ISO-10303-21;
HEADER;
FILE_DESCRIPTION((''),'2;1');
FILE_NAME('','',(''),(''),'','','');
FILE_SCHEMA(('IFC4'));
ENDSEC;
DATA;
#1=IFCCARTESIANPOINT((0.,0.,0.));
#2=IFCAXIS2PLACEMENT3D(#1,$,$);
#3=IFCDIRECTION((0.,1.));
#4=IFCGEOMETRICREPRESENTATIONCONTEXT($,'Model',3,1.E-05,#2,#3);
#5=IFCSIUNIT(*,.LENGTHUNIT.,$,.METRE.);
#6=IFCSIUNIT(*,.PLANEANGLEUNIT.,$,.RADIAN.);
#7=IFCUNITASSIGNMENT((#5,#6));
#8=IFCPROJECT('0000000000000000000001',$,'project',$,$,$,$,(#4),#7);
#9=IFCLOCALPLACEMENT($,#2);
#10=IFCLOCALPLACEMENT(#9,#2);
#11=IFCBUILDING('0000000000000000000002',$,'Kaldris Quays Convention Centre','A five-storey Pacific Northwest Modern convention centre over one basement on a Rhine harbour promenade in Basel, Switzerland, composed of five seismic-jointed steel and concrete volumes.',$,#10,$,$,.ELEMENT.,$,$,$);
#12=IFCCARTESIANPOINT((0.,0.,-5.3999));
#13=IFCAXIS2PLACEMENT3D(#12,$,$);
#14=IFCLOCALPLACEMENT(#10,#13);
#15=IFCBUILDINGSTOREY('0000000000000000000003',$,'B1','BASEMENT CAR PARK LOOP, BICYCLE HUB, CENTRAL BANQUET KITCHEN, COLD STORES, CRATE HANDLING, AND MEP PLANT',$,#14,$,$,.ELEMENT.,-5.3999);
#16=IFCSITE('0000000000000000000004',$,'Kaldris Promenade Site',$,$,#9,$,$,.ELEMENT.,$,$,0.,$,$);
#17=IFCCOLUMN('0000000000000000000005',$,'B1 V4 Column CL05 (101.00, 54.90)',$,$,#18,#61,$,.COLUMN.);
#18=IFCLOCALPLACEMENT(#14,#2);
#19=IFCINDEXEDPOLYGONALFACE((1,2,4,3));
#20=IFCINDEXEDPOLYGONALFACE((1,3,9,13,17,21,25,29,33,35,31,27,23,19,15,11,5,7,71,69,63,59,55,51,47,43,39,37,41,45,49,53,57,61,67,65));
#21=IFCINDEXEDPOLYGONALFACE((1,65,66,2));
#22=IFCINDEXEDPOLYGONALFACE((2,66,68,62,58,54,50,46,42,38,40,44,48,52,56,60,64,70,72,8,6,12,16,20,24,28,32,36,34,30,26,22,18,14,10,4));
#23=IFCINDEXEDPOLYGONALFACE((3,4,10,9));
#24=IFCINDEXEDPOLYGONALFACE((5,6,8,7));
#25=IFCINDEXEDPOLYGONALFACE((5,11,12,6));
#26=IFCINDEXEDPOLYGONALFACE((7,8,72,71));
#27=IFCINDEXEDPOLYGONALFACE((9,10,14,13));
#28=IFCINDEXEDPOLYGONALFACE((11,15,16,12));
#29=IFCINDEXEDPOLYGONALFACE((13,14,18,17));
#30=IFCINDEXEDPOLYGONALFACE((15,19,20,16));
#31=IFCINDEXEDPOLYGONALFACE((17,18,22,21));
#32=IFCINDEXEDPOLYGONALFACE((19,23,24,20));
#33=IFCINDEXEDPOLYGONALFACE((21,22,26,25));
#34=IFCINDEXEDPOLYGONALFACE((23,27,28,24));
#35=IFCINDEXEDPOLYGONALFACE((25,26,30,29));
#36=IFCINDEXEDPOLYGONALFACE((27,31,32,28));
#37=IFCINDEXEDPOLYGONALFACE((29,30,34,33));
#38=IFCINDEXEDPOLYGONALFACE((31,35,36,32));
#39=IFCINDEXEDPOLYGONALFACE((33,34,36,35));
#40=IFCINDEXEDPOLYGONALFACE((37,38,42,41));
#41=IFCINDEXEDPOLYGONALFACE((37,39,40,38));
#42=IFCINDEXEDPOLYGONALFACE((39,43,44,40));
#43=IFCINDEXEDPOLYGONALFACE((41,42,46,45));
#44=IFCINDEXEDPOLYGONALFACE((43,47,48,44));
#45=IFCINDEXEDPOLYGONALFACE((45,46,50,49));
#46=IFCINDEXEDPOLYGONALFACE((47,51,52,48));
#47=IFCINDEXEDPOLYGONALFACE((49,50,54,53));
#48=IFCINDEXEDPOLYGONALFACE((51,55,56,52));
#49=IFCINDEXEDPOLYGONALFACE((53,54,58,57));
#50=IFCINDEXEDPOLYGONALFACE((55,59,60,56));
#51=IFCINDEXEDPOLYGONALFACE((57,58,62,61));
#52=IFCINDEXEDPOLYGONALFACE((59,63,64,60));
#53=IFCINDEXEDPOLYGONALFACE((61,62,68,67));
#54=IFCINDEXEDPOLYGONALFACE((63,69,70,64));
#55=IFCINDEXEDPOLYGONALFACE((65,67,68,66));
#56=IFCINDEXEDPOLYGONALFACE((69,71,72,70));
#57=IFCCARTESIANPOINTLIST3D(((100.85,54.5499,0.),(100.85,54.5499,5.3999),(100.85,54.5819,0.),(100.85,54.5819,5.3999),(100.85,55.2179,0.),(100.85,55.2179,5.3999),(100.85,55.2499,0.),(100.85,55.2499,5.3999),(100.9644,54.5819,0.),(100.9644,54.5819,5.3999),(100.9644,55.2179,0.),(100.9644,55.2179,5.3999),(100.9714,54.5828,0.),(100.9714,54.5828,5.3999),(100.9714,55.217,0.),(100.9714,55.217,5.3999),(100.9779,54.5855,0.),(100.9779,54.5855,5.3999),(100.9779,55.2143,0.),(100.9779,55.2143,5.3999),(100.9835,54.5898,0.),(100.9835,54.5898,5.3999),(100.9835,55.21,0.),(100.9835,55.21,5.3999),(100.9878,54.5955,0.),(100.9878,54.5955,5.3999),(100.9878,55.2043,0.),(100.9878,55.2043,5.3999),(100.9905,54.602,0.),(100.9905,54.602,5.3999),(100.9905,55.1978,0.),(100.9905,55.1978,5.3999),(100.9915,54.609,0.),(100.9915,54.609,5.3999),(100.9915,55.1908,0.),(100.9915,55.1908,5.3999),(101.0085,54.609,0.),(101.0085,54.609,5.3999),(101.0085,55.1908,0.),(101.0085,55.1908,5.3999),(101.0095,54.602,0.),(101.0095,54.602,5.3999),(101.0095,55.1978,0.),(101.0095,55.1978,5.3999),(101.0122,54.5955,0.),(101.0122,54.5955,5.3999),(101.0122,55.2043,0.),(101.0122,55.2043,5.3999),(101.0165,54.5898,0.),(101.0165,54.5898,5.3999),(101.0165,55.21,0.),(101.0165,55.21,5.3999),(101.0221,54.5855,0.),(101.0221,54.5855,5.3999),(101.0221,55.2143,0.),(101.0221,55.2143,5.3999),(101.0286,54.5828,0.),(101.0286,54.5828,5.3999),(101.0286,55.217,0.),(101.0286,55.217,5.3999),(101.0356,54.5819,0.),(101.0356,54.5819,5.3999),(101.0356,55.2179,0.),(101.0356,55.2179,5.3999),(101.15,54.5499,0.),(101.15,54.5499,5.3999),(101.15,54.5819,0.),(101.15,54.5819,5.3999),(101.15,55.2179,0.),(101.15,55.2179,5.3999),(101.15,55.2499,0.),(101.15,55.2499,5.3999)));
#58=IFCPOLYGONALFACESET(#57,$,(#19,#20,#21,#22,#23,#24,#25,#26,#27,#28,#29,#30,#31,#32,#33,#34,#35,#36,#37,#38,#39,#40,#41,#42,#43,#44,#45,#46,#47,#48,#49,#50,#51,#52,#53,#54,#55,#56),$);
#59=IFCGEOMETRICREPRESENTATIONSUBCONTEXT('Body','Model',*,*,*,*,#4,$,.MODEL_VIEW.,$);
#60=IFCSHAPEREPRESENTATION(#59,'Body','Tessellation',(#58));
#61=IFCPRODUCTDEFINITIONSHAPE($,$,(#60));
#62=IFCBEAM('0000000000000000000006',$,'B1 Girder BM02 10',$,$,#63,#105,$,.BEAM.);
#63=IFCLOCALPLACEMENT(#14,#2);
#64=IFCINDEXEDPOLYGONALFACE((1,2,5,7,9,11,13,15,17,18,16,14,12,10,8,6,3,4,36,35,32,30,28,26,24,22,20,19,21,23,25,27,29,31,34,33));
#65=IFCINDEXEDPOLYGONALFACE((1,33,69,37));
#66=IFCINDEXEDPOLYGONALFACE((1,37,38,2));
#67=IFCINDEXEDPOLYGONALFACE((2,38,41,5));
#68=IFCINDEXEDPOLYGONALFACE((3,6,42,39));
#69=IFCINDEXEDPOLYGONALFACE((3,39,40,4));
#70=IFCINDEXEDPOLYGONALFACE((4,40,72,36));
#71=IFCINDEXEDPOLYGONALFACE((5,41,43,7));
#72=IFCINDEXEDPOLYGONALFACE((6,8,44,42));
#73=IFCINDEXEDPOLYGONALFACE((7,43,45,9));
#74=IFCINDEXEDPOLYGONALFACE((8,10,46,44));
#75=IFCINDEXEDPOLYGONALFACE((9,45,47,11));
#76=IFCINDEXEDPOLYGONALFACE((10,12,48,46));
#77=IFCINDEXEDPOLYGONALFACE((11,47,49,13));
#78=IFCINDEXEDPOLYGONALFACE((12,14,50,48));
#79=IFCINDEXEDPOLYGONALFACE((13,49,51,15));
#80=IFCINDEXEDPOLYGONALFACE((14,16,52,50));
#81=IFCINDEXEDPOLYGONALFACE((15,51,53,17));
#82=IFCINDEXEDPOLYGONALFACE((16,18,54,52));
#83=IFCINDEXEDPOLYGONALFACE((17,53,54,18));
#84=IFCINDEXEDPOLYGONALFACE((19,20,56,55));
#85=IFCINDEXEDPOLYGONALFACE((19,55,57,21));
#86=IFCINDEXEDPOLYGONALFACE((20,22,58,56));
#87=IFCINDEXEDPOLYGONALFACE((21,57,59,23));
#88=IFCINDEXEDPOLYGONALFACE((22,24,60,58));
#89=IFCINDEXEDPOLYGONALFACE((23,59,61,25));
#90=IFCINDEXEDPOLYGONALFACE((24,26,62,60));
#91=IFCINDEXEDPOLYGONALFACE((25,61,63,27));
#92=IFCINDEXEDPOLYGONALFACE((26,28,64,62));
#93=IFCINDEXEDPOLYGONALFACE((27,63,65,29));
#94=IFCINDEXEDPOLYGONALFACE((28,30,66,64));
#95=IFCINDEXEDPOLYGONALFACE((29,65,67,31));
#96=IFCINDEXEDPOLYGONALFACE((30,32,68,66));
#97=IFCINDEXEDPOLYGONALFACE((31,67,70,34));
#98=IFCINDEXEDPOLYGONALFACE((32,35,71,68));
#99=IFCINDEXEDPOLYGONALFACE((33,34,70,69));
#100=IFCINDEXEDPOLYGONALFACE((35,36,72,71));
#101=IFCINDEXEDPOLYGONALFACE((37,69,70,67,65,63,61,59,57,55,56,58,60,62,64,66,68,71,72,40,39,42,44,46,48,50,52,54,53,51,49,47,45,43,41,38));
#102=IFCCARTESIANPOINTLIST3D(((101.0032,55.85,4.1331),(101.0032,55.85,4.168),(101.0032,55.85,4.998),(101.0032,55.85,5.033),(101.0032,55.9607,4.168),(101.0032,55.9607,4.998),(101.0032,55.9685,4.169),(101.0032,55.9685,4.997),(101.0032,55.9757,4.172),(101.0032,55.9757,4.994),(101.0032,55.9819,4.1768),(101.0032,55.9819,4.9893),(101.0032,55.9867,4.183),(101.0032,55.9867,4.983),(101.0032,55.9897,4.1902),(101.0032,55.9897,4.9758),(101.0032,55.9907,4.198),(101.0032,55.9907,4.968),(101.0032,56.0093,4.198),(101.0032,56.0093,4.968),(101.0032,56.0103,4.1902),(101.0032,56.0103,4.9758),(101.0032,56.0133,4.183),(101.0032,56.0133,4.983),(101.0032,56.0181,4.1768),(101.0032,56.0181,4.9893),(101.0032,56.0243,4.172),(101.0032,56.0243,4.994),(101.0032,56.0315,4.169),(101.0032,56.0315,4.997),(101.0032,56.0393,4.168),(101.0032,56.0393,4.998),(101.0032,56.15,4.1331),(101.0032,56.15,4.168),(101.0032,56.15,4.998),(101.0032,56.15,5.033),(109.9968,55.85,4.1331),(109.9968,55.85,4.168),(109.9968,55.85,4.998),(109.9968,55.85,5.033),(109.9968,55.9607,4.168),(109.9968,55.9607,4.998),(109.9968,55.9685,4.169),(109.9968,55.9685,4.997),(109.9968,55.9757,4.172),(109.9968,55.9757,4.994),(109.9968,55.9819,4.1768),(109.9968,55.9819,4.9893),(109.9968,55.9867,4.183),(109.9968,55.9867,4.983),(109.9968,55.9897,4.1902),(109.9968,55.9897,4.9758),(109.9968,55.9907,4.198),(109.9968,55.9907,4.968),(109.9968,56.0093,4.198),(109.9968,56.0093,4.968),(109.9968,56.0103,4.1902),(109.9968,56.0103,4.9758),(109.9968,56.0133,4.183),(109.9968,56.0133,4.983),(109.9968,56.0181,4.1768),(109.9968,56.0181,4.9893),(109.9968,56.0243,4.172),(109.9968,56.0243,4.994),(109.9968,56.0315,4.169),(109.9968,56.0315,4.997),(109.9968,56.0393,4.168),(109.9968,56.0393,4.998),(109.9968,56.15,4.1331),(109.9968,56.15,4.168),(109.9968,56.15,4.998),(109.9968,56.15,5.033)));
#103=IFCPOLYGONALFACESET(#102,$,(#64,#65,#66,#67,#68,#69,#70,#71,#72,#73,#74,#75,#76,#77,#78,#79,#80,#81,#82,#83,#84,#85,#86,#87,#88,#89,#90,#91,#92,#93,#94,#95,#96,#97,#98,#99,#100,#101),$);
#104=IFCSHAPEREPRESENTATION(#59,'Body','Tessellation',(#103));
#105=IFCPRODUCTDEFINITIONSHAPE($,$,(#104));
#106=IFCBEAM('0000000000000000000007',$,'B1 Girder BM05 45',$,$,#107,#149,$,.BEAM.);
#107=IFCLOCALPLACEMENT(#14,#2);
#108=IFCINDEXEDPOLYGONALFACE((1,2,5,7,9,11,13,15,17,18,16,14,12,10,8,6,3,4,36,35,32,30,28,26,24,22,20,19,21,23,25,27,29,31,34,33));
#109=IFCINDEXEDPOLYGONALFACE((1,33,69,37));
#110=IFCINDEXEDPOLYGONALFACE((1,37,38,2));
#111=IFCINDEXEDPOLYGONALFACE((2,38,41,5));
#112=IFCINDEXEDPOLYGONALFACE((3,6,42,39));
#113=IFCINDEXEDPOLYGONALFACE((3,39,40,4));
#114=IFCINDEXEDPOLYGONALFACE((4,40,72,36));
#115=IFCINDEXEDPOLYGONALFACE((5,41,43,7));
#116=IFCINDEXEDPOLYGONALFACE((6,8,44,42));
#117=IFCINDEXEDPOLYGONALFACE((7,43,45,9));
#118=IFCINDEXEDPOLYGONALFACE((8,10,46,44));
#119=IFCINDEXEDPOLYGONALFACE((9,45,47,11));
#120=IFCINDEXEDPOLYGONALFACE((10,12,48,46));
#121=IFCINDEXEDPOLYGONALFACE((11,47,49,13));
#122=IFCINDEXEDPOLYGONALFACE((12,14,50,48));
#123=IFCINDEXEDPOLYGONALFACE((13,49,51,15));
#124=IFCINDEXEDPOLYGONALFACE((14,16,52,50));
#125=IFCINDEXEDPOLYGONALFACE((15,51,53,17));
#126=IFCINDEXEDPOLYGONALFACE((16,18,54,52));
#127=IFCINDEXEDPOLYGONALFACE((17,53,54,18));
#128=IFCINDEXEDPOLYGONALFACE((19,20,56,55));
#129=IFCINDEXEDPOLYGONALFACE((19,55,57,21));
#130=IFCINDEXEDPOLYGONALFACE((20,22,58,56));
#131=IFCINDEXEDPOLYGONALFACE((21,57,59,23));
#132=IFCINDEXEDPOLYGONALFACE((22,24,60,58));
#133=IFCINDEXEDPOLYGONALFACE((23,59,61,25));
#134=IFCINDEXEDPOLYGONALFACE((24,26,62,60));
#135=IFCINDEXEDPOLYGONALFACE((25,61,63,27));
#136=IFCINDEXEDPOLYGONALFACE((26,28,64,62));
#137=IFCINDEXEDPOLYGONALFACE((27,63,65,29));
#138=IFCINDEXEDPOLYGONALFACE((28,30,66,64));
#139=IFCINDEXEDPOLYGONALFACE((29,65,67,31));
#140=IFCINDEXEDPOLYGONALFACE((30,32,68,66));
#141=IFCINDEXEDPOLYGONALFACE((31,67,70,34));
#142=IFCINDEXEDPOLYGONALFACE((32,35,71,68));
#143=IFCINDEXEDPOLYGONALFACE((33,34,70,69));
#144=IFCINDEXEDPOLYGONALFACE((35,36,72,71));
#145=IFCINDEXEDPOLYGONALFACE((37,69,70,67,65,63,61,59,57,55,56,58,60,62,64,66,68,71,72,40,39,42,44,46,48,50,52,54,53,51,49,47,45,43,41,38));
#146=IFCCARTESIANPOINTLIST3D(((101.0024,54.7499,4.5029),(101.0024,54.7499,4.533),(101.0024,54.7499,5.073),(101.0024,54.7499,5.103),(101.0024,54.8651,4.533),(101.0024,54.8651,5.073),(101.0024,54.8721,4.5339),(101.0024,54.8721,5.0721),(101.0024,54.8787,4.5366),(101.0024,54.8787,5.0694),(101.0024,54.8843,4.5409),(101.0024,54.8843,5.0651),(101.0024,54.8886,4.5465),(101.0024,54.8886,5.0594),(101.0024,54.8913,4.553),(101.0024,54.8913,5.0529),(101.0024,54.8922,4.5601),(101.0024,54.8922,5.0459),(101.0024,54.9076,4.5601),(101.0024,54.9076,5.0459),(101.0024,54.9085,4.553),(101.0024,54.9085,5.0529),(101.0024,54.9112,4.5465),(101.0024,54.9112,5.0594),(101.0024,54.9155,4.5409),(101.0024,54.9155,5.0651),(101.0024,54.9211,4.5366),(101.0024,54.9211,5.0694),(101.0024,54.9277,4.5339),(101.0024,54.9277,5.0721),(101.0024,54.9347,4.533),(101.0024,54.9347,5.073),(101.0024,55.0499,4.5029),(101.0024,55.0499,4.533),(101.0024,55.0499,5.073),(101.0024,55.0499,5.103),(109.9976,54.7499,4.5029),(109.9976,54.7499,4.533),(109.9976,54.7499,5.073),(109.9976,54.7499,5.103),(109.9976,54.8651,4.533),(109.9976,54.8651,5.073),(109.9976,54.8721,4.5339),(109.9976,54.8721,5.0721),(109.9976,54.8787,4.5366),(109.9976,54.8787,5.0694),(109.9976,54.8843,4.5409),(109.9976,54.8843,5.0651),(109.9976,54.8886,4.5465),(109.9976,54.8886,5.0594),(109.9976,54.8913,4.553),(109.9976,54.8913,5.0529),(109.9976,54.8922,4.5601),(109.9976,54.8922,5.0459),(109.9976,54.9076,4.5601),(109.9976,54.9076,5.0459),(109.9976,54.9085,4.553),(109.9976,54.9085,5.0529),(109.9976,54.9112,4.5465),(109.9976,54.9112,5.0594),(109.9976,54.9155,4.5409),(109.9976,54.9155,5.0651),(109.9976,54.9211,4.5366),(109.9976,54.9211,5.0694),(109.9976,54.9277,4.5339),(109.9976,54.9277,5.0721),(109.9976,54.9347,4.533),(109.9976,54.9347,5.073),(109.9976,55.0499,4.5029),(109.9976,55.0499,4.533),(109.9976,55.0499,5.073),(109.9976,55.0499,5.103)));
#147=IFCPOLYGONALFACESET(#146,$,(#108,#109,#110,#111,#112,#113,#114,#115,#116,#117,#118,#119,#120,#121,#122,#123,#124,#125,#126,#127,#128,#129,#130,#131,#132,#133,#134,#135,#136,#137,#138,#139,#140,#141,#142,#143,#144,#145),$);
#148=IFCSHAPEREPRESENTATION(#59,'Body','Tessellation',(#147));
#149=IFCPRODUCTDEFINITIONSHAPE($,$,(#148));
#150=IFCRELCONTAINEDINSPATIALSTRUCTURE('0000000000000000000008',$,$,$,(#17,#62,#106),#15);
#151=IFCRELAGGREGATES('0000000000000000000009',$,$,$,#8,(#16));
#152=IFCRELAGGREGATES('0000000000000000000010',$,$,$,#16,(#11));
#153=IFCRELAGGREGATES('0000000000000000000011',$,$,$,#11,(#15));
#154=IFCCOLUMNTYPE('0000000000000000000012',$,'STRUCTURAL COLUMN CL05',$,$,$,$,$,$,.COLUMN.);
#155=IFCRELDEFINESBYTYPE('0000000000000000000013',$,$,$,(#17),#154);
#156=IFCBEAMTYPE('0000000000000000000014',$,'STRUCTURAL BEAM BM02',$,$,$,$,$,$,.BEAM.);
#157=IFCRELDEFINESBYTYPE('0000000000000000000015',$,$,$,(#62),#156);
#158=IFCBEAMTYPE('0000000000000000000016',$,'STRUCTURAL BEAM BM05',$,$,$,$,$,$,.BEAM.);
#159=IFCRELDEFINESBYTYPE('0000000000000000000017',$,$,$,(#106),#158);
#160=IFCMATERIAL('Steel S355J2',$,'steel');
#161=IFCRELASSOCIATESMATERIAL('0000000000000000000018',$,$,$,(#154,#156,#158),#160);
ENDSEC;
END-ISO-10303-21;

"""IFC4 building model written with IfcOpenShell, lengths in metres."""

from ifc_helpers import new_model, si_unit, direction, frame, origin, origin_2d, place, context, subcontext, project, spatial, i_section, extrude, material, material_profile, profile_set, type_object, element, save


model = new_model("IFC4")

# Units and contexts
model_context = context("Model", 3, precision=1e-05, world=origin(), true_north=direction((0.0, 1.0)))
body_context = subcontext(model_context, "Body", "Model", "MODEL_VIEW")
ifc_project = project(units=[si_unit("LENGTHUNIT", "METRE"), si_unit("PLANEANGLEUNIT", "RADIAN")], contexts=[model_context])

# Site, building, storey
site_placement = place(None, origin())
site = spatial("IfcSite", under=ifc_project, at=site_placement, Name="Kaldris Promenade Site", CompositionType="ELEMENT", RefElevation=0.0)
building_placement = place(site_placement, origin())
building = spatial("IfcBuilding", under=site, at=building_placement, Name="Kaldris Quays Convention Centre", Description="A five-storey Pacific Northwest Modern convention centre over one basement on a Rhine harbour promenade in Basel, Switzerland, composed of five seismic-jointed steel and concrete volumes.", CompositionType="ELEMENT")
storey_placement = place(building_placement, frame((0.0, 0.0, -5.3999)))
storey = spatial("IfcBuildingStorey", under=building, at=storey_placement, Name="B1", Description="BASEMENT CAR PARK LOOP, BICYCLE HUB, CENTRAL BANQUET KITCHEN, COLD STORES, CRATE HANDLING, AND MEP PLANT", CompositionType="ELEMENT", Elevation=-5.3999)

# Column
ifc_material_1 = material(Name="Steel S355J2", Category="steel")
ifc_material_profile_1 = material_profile(ifc_material_1, i_section(OverallWidth=0.3, OverallDepth=0.7, WebThickness=0.0171, FlangeThickness=0.032, FilletRadius=0.0271, at=origin_2d()), Name="HEB 700")
ifc_profile_set_1 = profile_set([ifc_material_profile_1], Name="Steel S355J2")
column_type_1 = type_object("IfcColumnType", Name="STRUCTURAL COLUMN CL05", PredefinedType="COLUMN", material=ifc_profile_set_1)
column_1_placement = place(storey_placement, frame((101.0, 54.8999, 0.0), z_axis=(0.0, 0.0, 1.0), x_axis=(1.0, 0.0, 0.0)))
element("IfcColumn", 1, at=column_1_placement, inside=storey, type_object=column_type_1, Name="B1 V4 Column CL05 (101.00, 54.90)", PredefinedType="COLUMN", context=body_context, shape_type="SweptSolid", body=[
    extrude(i_section(OverallWidth=0.3, OverallDepth=0.7, WebThickness=0.0171, FlangeThickness=0.032, FilletRadius=0.0271, at=origin_2d()), origin(), (0.0, 0.0, 1.0), 5.3999),
])

# Beams
ifc_material_profile_2 = material_profile(ifc_material_1, i_section(OverallWidth=0.3, OverallDepth=0.8999, WebThickness=0.0186, FlangeThickness=0.0349, FilletRadius=0.03, at=origin_2d()), Name="HEB 900")
ifc_profile_set_2 = profile_set([ifc_material_profile_2], Name="Steel S355J2")
beam_type_1 = type_object("IfcBeamType", Name="STRUCTURAL BEAM BM02", PredefinedType="BEAM", material=ifc_profile_set_2)
beam_1_placement = place(storey_placement, frame((101.0032, 56.0, 4.583), z_axis=(1.0, 0.0, 0.0), x_axis=(0.0, 1.0, 0.0)))
element("IfcBeam", 2, at=beam_1_placement, inside=storey, type_object=beam_type_1, Name="B1 Girder BM02 10", PredefinedType="BEAM", context=body_context, shape_type="SweptSolid", body=[
    extrude(i_section(OverallWidth=0.3, OverallDepth=0.8999, WebThickness=0.0186, FlangeThickness=0.0349, FilletRadius=0.03, at=origin_2d()), origin(), (0.0, 0.0, 1.0), 8.9937),
])
ifc_material_profile_3 = material_profile(ifc_material_1, i_section(OverallWidth=0.3, OverallDepth=0.6001, WebThickness=0.0154, FlangeThickness=0.03, FilletRadius=0.0271, at=origin_2d()), Name="HEB 600")
ifc_profile_set_3 = profile_set([ifc_material_profile_3], Name="Steel S355J2")
beam_type_2 = type_object("IfcBeamType", Name="STRUCTURAL BEAM BM05", PredefinedType="BEAM", material=ifc_profile_set_3)
beam_2_placement = place(storey_placement, frame((101.0024, 54.8999, 4.803), z_axis=(1.0, 0.0, 0.0), x_axis=(0.0, 1.0, 0.0)))
element("IfcBeam", 3, at=beam_2_placement, inside=storey, type_object=beam_type_2, Name="B1 Girder BM05 45", PredefinedType="BEAM", context=body_context, shape_type="SweptSolid", body=[
    extrude(i_section(OverallWidth=0.3, OverallDepth=0.6001, WebThickness=0.0154, FlangeThickness=0.03, FilletRadius=0.0271, at=origin_2d()), origin(), (0.0, 0.0, 1.0), 8.9951),
])

save(model, "model.ifc")
